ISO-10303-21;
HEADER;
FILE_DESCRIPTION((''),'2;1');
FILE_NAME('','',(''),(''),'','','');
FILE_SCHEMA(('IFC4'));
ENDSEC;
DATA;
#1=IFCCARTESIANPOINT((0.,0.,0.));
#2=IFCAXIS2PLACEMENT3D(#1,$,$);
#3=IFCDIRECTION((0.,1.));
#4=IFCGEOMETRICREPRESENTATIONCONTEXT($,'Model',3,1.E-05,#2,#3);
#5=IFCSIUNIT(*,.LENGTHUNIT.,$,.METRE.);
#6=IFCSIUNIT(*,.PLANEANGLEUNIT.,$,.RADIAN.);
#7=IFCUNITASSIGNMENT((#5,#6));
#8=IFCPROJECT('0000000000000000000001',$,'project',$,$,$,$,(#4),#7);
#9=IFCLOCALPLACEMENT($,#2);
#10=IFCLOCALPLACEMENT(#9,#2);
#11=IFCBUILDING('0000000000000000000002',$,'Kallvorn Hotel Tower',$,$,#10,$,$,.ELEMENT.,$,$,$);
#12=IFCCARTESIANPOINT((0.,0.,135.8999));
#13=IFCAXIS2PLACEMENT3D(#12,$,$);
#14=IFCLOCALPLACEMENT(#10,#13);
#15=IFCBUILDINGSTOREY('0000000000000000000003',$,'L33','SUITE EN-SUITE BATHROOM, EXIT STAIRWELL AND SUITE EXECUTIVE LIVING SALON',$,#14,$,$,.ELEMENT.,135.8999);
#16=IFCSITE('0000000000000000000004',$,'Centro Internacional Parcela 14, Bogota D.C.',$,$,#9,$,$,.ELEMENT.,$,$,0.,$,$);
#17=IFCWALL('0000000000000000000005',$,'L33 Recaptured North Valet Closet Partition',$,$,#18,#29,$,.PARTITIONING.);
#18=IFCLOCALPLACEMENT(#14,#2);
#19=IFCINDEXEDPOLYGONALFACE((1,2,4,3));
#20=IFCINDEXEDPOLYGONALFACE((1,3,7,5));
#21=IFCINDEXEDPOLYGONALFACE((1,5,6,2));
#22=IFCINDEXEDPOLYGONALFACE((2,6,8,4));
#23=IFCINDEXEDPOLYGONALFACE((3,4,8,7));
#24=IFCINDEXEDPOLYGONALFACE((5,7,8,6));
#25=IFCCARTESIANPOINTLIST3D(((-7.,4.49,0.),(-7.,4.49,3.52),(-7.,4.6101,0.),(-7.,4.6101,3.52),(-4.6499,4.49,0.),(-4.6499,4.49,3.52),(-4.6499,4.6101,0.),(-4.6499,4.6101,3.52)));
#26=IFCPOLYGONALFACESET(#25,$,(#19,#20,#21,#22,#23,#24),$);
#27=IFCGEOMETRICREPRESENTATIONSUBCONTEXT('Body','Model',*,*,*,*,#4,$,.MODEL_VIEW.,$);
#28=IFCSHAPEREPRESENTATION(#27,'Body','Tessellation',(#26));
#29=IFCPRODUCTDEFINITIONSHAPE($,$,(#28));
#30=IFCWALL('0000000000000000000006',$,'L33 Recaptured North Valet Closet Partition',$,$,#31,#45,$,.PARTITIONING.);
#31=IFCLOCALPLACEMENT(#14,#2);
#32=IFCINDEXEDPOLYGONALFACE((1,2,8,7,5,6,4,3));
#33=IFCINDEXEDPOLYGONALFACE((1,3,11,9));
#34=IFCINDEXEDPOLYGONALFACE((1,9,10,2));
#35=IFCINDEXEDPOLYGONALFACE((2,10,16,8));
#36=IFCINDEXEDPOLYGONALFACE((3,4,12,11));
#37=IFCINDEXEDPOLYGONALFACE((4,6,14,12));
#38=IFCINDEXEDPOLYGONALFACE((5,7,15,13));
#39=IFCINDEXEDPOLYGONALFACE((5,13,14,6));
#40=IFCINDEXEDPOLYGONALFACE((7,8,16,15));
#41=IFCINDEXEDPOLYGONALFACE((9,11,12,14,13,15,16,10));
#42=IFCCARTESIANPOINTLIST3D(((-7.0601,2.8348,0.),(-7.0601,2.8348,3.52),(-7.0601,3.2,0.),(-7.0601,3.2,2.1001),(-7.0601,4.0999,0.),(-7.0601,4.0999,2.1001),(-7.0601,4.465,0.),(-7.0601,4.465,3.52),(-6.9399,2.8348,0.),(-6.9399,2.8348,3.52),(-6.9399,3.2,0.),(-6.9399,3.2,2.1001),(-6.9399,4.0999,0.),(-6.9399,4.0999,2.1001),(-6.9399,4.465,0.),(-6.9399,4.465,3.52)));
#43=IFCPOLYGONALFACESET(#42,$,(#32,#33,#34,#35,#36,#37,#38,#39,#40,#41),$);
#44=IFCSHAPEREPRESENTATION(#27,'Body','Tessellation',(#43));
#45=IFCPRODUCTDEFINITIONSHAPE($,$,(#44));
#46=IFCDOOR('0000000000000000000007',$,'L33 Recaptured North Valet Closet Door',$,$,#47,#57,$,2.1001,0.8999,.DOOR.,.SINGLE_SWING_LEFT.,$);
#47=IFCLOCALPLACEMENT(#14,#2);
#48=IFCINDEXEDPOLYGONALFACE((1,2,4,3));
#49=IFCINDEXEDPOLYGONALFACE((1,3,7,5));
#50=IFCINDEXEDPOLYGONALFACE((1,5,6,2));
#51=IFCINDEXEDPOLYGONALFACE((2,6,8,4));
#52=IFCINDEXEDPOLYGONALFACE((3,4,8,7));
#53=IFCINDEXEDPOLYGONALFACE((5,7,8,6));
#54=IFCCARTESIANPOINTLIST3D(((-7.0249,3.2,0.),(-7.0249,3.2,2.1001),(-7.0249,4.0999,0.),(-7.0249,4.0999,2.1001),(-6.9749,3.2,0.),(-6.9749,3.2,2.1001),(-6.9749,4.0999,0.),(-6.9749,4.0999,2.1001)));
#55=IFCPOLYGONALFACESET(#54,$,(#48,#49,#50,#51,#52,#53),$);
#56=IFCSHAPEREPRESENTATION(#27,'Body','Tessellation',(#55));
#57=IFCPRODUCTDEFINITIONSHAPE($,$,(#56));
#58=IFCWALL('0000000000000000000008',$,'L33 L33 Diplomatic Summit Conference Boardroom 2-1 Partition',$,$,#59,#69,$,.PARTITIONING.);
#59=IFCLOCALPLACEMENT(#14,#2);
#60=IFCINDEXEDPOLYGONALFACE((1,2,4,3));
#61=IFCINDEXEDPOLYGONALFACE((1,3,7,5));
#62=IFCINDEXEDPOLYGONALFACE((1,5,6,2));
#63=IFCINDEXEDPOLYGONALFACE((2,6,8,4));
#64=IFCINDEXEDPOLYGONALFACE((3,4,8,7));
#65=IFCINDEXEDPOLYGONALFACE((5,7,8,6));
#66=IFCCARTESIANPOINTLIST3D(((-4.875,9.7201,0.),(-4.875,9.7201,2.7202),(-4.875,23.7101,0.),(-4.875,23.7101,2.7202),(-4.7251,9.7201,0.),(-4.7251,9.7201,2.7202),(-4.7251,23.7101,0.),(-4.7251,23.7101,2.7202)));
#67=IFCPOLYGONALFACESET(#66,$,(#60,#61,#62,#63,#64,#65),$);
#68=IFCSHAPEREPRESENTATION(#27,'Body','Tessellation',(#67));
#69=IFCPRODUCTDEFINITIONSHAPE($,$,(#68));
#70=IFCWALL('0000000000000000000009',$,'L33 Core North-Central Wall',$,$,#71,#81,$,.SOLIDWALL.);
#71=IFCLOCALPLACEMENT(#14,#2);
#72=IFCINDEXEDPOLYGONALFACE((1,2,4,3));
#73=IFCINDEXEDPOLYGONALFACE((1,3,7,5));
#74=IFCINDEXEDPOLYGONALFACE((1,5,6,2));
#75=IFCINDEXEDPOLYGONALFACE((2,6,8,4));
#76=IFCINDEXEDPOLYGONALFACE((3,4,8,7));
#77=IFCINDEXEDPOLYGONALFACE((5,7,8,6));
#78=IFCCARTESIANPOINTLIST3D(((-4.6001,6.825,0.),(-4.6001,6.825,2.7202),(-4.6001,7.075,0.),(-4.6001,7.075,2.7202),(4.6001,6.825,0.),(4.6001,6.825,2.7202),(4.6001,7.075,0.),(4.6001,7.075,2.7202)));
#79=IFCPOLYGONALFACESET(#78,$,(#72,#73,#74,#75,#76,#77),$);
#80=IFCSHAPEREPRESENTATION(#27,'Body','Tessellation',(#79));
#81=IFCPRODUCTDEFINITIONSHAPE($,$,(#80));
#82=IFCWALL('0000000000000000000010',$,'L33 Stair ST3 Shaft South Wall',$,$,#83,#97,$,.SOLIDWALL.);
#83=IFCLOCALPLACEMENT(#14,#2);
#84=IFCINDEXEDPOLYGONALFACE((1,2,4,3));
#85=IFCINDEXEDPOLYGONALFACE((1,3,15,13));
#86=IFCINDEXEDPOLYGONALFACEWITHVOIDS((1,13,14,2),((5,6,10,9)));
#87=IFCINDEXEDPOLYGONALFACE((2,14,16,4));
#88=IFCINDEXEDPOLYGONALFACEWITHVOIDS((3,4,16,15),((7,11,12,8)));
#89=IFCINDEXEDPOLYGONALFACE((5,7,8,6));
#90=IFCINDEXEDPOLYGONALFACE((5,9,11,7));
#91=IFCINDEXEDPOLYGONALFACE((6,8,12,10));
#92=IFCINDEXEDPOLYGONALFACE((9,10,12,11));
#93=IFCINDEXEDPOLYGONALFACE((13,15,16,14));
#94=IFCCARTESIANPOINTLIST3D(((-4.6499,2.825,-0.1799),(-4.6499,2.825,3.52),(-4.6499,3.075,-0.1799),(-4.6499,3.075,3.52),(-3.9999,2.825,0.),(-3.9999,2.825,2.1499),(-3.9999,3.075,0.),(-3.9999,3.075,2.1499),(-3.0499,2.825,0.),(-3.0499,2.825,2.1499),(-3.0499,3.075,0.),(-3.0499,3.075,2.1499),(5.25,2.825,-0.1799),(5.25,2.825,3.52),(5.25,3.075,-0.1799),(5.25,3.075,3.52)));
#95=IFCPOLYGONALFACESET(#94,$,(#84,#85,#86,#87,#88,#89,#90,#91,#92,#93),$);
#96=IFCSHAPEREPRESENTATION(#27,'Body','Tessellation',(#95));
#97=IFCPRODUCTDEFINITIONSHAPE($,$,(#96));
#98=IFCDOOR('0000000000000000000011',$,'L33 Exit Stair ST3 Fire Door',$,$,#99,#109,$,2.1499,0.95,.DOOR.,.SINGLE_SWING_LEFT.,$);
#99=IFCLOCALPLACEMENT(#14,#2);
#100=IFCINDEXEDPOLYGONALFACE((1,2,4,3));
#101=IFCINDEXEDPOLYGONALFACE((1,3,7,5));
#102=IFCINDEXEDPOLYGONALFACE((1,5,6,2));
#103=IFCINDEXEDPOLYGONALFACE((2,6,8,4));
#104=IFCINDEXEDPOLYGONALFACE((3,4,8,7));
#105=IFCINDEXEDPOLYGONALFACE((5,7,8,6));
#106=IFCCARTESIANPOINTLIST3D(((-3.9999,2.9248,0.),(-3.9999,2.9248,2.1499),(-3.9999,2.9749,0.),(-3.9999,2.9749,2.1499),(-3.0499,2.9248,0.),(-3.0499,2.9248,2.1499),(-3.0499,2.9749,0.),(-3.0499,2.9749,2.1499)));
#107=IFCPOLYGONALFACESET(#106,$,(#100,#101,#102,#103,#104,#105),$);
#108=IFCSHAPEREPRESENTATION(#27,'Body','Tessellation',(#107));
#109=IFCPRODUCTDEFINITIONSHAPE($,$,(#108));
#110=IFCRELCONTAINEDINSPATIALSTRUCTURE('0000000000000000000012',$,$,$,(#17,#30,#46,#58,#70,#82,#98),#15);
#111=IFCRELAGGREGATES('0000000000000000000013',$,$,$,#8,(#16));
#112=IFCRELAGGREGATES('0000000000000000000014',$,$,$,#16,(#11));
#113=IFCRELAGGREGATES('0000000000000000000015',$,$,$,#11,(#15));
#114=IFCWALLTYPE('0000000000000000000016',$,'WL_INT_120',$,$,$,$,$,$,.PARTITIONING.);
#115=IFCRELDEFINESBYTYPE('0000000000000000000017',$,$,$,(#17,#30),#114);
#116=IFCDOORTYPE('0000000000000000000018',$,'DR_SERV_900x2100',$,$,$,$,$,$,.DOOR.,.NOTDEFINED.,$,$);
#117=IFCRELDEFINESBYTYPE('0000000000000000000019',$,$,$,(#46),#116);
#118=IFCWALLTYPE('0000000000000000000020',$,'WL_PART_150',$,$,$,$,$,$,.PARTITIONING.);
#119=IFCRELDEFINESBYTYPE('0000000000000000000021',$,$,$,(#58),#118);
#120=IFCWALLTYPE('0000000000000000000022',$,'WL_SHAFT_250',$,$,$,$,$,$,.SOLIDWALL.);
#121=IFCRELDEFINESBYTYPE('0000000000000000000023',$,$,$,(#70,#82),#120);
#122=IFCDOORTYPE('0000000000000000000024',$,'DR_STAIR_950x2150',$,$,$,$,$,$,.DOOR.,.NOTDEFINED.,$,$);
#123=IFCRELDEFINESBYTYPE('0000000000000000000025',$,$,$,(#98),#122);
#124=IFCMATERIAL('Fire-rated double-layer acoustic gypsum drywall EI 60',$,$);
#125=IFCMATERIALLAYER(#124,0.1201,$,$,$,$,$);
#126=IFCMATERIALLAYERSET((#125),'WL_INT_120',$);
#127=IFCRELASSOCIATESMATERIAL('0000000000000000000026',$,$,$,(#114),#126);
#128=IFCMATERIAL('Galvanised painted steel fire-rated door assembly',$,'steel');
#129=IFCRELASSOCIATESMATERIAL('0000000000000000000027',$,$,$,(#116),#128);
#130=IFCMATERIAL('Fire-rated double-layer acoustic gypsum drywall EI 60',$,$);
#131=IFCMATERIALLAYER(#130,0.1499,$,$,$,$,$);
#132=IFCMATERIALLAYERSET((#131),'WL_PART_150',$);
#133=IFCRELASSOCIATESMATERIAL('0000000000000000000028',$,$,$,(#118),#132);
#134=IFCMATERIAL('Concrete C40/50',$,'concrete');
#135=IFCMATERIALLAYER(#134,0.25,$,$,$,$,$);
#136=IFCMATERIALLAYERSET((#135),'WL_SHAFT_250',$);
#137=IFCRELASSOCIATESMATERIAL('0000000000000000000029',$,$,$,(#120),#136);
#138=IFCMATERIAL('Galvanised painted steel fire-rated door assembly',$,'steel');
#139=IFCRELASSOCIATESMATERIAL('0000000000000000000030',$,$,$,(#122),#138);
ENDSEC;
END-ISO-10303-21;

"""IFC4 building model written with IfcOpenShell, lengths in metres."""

from ifc_helpers import new_model, si_unit, direction, frame, frame_2d, origin, place, context, subcontext, project, spatial, rectangle, extrude, material, layer, layer_set, type_object, element, fill, save


model = new_model("IFC4")

# Units and contexts
model_context = context("Model", 3, precision=1e-05, world=origin(), true_north=direction((0.0, 1.0)))
body_context = subcontext(model_context, "Body", "Model", "MODEL_VIEW")
ifc_project = project(units=[si_unit("LENGTHUNIT", "METRE"), si_unit("PLANEANGLEUNIT", "RADIAN")], contexts=[model_context])

# Site, building, storey
site_placement = place(None, origin())
site = spatial("IfcSite", under=ifc_project, at=site_placement, Name="Centro Internacional Parcela 14, Bogota D.C.", CompositionType="ELEMENT", RefElevation=0.0)
building_placement = place(site_placement, origin())
building = spatial("IfcBuilding", under=site, at=building_placement, Name="Kallvorn Hotel Tower", CompositionType="ELEMENT")
storey_placement = place(building_placement, frame((0.0, 0.0, 135.8999)))
storey = spatial("IfcBuildingStorey", under=building, at=storey_placement, Name="L33", Description="SUITE EN-SUITE BATHROOM, EXIT STAIRWELL AND SUITE EXECUTIVE LIVING SALON", CompositionType="ELEMENT", Elevation=135.8999)

# Wall
ifc_material_1 = material(Name="Fire-rated double-layer acoustic gypsum drywall EI 60")
ifc_layer_1 = layer(ifc_material_1, 0.1201)
ifc_layer_set_1 = layer_set([ifc_layer_1], Name="WL_INT_120")
wall_type_1 = type_object("IfcWallType", Name="WL_INT_120", PredefinedType="PARTITIONING", material=ifc_layer_set_1)
wall_1_placement = place(storey_placement, frame((-7.0, 4.55, 0.0), z_axis=(0.0, 0.0, 1.0), x_axis=(1.0, 0.0, 0.0)))
element("IfcWall", 1, at=wall_1_placement, inside=storey, type_object=wall_type_1, Name="L33 Recaptured North Valet Closet Partition", PredefinedType="PARTITIONING", context=body_context, shape_type="SweptSolid", body=[
    extrude(rectangle(XDim=2.3501, YDim=0.1201, at=frame_2d((1.175, 0.0))), origin(), (0.0, 0.0, 1.0), 3.52),
])

# Wall, opening, door
wall_2_placement = place(storey_placement, frame((-7.0, 2.835, 0.0), z_axis=(0.0, 0.0, 1.0), x_axis=(0.0, 1.0, 0.0)))
wall_2 = element("IfcWall", 2, at=wall_2_placement, inside=storey, type_object=wall_type_1, Name="L33 Recaptured North Valet Closet Partition", PredefinedType="PARTITIONING", context=body_context, shape_type="SweptSolid", body=[
    extrude(rectangle(XDim=1.6301, YDim=0.1201, at=frame_2d((0.8149, 0.0))), origin(), (0.0, 0.0, 1.0), 3.52),
])
opening_1_placement = place(wall_2_placement, frame((0.365, 0.0, 0.0)))
opening_1 = element("IfcOpeningElement", 3, at=opening_1_placement, cuts=wall_2, PredefinedType="OPENING", context=body_context, shape_type="SweptSolid", body=[
    extrude(rectangle(XDim=0.8999, YDim=2.1001, at=frame_2d((0.45, 1.05))), frame((0.0, 0.075, 0.0), z_axis=(0.0, -1.0, 0.0), x_axis=(1.0, 0.0, 0.0)), (0.0, 0.0, 1.0), 0.1501),
])
ifc_material_2 = material(Name="Galvanised painted steel fire-rated door assembly", Category="steel")
door_type_1 = type_object("IfcDoorType", Name="DR_SERV_900x2100", OperationType="NOTDEFINED", PredefinedType="DOOR", material=ifc_material_2)
door_1_placement = place(opening_1_placement, origin())
door_1 = element("IfcDoor", 4, at=door_1_placement, inside=storey, type_object=door_type_1, Name="L33 Recaptured North Valet Closet Door", OperationType="SINGLE_SWING_LEFT", OverallHeight=2.1001, OverallWidth=0.8999, PredefinedType="DOOR", context=body_context, shape_type="SweptSolid", body=[
    extrude(rectangle(XDim=0.8999, YDim=2.1001, at=frame_2d((0.45, 1.05))), frame((0.0, 0.0249, 0.0), z_axis=(0.0, -1.0, 0.0), x_axis=(1.0, 0.0, 0.0)), (0.0, 0.0, 1.0), 0.05),
])
fill(opening_1, door_1)

# Walls
ifc_material_3 = material(Name="Fire-rated double-layer acoustic gypsum drywall EI 60")
ifc_layer_2 = layer(ifc_material_3, 0.1499)
ifc_layer_set_2 = layer_set([ifc_layer_2], Name="WL_PART_150")
wall_type_2 = type_object("IfcWallType", Name="WL_PART_150", PredefinedType="PARTITIONING", material=ifc_layer_set_2)
wall_3_placement = place(storey_placement, frame((-4.8, 9.72, 0.0), z_axis=(0.0, 0.0, 1.0), x_axis=(0.0, 1.0, 0.0)))
element("IfcWall", 5, at=wall_3_placement, inside=storey, type_object=wall_type_2, Name="L33 L33 Diplomatic Summit Conference Boardroom 2-1 Partition", PredefinedType="PARTITIONING", context=body_context, shape_type="SweptSolid", body=[
    extrude(rectangle(XDim=13.99, YDim=0.1499, at=frame_2d((6.9951, 0.0))), origin(), (0.0, 0.0, 1.0), 2.7202),
])
ifc_material_4 = material(Name="Concrete C40/50", Category="concrete")
ifc_layer_3 = layer(ifc_material_4, 0.25)
ifc_layer_set_3 = layer_set([ifc_layer_3], Name="WL_SHAFT_250")
wall_type_3 = type_object("IfcWallType", Name="WL_SHAFT_250", PredefinedType="SOLIDWALL", material=ifc_layer_set_3)
wall_4_placement = place(storey_placement, frame((-4.6001, 6.95, 0.0), z_axis=(0.0, 0.0, 1.0), x_axis=(1.0, 0.0, 0.0)))
element("IfcWall", 6, at=wall_4_placement, inside=storey, type_object=wall_type_3, Name="L33 Core North-Central Wall", PredefinedType="SOLIDWALL", context=body_context, shape_type="SweptSolid", body=[
    extrude(rectangle(XDim=9.2002, YDim=0.25, at=frame_2d((4.6001, 0.0))), origin(), (0.0, 0.0, 1.0), 2.7202),
])

# Wall, opening, door
wall_5_placement = place(storey_placement, frame((-4.6499, 2.95, -0.1799), z_axis=(0.0, 0.0, 1.0), x_axis=(1.0, 0.0, 0.0)))
wall_5 = element("IfcWall", 7, at=wall_5_placement, inside=storey, type_object=wall_type_3, Name="L33 Stair ST3 Shaft South Wall", PredefinedType="SOLIDWALL", context=body_context, shape_type="SweptSolid", body=[
    extrude(rectangle(XDim=9.8999, YDim=0.25, at=frame_2d((4.95, 0.0))), origin(), (0.0, 0.0, 1.0), 3.7),
])
opening_2_placement = place(wall_5_placement, frame((0.6499, 0.0, 0.1799)))
opening_2 = element("IfcOpeningElement", 8, at=opening_2_placement, cuts=wall_5, PredefinedType="OPENING", context=body_context, shape_type="SweptSolid", body=[
    extrude(rectangle(XDim=0.95, YDim=2.1499, at=frame_2d((0.4751, 1.075))), frame((0.0, 0.1399, 0.0), z_axis=(0.0, -1.0, 0.0), x_axis=(1.0, 0.0, 0.0)), (0.0, 0.0, 1.0), 0.28),
])
ifc_material_5 = material(Name="Galvanised painted steel fire-rated door assembly", Category="steel")
door_type_2 = type_object("IfcDoorType", Name="DR_STAIR_950x2150", OperationType="NOTDEFINED", PredefinedType="DOOR", material=ifc_material_5)
door_2_placement = place(opening_2_placement, origin())
door_2 = element("IfcDoor", 9, at=door_2_placement, inside=storey, type_object=door_type_2, Name="L33 Exit Stair ST3 Fire Door", OperationType="SINGLE_SWING_LEFT", OverallHeight=2.1499, OverallWidth=0.95, PredefinedType="DOOR", context=body_context, shape_type="SweptSolid", body=[
    extrude(rectangle(XDim=0.95, YDim=2.1499, at=frame_2d((0.4751, 1.075))), frame((0.0, 0.0249, 0.0), z_axis=(0.0, -1.0, 0.0), x_axis=(1.0, 0.0, 0.0)), (0.0, 0.0, 1.0), 0.05),
])
fill(opening_2, door_2)

save(model, "model.ifc")
